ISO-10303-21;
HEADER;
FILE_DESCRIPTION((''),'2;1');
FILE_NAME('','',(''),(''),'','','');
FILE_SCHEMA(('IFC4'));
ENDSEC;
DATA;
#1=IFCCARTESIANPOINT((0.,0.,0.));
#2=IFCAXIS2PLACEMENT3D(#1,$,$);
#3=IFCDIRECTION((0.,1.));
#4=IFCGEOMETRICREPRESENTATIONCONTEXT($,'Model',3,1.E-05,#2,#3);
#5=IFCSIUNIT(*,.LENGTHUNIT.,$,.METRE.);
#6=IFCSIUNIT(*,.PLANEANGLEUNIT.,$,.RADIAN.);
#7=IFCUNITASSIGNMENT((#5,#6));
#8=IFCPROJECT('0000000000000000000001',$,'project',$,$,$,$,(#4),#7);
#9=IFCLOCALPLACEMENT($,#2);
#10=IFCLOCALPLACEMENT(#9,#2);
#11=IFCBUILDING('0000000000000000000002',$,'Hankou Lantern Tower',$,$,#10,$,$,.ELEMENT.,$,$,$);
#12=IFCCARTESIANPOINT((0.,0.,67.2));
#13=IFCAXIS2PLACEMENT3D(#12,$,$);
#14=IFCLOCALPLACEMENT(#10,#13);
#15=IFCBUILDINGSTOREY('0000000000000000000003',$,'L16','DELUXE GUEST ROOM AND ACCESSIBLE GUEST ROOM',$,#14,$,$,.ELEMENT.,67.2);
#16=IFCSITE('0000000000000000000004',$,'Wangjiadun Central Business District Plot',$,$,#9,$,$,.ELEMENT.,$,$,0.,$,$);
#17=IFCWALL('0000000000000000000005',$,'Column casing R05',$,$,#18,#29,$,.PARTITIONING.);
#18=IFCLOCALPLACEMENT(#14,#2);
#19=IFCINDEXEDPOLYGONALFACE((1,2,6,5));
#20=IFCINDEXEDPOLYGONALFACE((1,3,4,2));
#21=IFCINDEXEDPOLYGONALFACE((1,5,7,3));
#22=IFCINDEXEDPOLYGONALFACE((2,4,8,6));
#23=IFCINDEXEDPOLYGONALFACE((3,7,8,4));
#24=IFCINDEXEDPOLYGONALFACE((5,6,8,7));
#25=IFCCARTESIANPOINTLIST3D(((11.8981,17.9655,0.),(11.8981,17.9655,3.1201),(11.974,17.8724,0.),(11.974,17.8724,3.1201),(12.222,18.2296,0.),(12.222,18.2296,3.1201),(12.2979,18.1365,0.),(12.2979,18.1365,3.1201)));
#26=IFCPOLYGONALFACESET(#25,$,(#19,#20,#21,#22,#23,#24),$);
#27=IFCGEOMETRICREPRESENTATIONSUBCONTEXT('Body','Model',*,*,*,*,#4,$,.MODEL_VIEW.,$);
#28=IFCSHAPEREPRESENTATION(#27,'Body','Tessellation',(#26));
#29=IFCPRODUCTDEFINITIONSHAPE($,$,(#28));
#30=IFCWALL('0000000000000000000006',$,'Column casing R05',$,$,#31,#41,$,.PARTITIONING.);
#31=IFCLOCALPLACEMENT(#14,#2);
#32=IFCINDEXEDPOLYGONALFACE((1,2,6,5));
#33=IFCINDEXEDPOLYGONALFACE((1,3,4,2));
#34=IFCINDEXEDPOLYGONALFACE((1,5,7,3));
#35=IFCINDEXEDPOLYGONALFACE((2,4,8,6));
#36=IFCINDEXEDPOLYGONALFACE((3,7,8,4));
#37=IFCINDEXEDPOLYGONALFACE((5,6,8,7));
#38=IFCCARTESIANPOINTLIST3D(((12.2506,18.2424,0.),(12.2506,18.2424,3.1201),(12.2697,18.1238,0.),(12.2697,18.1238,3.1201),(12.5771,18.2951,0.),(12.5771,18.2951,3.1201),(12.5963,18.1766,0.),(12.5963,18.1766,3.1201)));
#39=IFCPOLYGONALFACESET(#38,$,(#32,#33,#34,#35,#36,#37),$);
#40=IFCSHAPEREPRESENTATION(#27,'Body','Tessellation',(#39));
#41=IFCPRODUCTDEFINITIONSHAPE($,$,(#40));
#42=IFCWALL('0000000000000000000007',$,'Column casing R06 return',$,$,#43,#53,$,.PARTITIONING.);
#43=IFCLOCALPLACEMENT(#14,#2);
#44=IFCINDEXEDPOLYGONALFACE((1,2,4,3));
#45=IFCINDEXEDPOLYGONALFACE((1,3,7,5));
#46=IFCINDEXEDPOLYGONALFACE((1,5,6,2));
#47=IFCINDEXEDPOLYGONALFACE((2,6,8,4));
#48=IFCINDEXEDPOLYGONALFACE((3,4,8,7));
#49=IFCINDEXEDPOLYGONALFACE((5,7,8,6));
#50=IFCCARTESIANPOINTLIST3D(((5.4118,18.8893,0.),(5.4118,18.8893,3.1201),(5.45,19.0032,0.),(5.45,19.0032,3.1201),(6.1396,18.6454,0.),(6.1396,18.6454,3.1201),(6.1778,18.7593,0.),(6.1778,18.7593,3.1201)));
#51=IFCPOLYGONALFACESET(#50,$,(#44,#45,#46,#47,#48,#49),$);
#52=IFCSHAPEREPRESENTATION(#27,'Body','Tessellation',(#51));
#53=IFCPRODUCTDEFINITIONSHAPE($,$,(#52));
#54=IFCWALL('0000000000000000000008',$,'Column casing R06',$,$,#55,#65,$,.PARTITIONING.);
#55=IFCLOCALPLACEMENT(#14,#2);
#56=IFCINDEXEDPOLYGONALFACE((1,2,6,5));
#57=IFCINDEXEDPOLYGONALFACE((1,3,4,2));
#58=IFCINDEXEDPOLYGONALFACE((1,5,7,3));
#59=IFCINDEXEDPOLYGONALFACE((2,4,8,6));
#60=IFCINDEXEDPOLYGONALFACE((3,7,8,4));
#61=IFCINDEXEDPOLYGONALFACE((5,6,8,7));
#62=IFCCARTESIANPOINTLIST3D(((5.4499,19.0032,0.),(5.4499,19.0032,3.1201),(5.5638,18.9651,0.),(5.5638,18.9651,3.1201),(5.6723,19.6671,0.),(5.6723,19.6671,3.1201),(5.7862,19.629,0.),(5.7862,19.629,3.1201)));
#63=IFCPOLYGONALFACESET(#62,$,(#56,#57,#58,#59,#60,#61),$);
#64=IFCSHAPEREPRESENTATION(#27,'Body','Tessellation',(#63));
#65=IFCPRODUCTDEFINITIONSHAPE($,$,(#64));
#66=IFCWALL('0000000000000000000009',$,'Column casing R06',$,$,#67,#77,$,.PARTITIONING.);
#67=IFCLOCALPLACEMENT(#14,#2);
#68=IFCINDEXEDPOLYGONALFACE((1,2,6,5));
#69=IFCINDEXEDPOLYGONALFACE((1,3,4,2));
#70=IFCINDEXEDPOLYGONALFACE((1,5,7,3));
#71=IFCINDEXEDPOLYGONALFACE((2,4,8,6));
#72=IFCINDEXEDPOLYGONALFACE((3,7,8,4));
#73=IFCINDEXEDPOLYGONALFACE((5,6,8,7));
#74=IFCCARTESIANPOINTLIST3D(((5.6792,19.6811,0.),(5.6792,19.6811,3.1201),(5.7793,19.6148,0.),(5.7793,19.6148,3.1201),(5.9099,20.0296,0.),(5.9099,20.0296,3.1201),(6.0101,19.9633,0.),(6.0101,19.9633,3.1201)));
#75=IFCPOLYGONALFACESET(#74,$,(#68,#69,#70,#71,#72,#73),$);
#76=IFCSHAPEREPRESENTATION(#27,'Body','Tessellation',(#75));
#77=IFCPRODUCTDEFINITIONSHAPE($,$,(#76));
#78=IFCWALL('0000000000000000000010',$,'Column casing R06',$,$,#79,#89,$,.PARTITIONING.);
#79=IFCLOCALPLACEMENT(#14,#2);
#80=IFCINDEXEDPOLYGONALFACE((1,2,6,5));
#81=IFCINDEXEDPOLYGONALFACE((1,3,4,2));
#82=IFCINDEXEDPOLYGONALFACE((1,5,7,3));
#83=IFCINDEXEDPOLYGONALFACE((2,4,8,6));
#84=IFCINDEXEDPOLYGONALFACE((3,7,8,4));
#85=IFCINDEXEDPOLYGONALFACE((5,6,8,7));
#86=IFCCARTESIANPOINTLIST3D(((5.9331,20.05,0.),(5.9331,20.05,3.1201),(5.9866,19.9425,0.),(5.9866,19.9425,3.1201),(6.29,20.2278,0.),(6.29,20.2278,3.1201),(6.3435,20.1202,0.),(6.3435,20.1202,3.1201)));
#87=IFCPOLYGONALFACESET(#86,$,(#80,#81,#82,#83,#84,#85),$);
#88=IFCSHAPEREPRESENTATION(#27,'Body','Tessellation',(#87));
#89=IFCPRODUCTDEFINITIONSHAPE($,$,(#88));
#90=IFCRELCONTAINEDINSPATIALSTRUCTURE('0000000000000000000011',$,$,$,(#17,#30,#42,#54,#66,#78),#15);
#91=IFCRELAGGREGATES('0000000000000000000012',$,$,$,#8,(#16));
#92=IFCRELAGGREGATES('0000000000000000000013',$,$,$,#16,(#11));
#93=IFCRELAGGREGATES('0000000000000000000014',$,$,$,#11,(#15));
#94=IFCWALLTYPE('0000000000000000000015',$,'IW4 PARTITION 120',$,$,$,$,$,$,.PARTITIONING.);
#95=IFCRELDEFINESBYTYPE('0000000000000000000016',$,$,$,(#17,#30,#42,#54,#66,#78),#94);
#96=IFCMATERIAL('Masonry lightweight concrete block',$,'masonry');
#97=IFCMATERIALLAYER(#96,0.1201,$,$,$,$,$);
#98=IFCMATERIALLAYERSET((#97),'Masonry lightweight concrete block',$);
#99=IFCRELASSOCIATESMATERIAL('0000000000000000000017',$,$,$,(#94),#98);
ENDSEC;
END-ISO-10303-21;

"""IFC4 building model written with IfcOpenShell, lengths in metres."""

from ifc_helpers import new_model, si_unit, direction, frame, frame_2d, origin, place, context, subcontext, project, spatial, rectangle, extrude, material, layer, layer_set, type_object, element, save


model = new_model("IFC4")

# Units and contexts
model_context = context("Model", 3, precision=1e-05, world=origin(), true_north=direction((0.0, 1.0)))
body_context = subcontext(model_context, "Body", "Model", "MODEL_VIEW")
ifc_project = project(units=[si_unit("LENGTHUNIT", "METRE"), si_unit("PLANEANGLEUNIT", "RADIAN")], contexts=[model_context])

# Site, building, storey
site_placement = place(None, origin())
site = spatial("IfcSite", under=ifc_project, at=site_placement, Name="Wangjiadun Central Business District Plot", CompositionType="ELEMENT", RefElevation=0.0)
building_placement = place(site_placement, origin())
building = spatial("IfcBuilding", under=site, at=building_placement, Name="Hankou Lantern Tower", CompositionType="ELEMENT")
storey_placement = place(building_placement, frame((0.0, 0.0, 67.2)))
storey = spatial("IfcBuildingStorey", under=building, at=storey_placement, Name="L16", Description="DELUXE GUEST ROOM AND ACCESSIBLE GUEST ROOM", CompositionType="ELEMENT", Elevation=67.2)

# Walls
ifc_material_1 = material(Name="Masonry lightweight concrete block", Category="masonry")
ifc_layer_1 = layer(ifc_material_1, 0.1201)
ifc_layer_set_1 = layer_set([ifc_layer_1], Name="Masonry lightweight concrete block")
wall_type_1 = type_object("IfcWallType", Name="IW4 PARTITION 120", PredefinedType="PARTITIONING", material=ifc_layer_set_1)
wall_1_placement = place(storey_placement, frame((11.936, 17.9189, 0.0), z_axis=(0.0, 0.0, 1.0), x_axis=(0.775023, 0.631933, 0.0)))
element("IfcWall", 1, at=wall_1_placement, inside=storey, type_object=wall_type_1, Name="Column casing R05", PredefinedType="PARTITIONING", context=body_context, shape_type="SweptSolid", body=[
    extrude(rectangle(XDim=0.418, YDim=0.1201, at=frame_2d((0.209, 0.0))), origin(), (0.0, 0.0, 1.0), 3.1201),
])
wall_2_placement = place(storey_placement, frame((12.26, 18.1831, 0.0), z_axis=(0.0, 0.0, 1.0), x_axis=(0.987219, 0.159372, 0.0)))
element("IfcWall", 2, at=wall_2_placement, inside=storey, type_object=wall_type_1, Name="Column casing R05", PredefinedType="PARTITIONING", context=body_context, shape_type="SweptSolid", body=[
    extrude(rectangle(XDim=0.3308, YDim=0.1201, at=frame_2d((0.1655, 0.0))), origin(), (0.0, 0.0, 1.0), 3.1201),
])
wall_3_placement = place(storey_placement, frame((6.1587, 18.7024, 0.0), z_axis=(0.0, 0.0, 1.0), x_axis=(-0.948173, 0.317754, 0.0)))
element("IfcWall", 3, at=wall_3_placement, inside=storey, type_object=wall_type_1, Name="Column casing R06 return", PredefinedType="PARTITIONING", context=body_context, shape_type="SweptSolid", body=[
    extrude(rectangle(XDim=0.7676, YDim=0.1201, at=frame_2d((0.3838, 0.0))), origin(), (0.0, 0.0, 1.0), 3.1201),
])
wall_4_placement = place(storey_placement, frame((5.5068, 18.9841, 0.0), z_axis=(0.0, 0.0, 1.0), x_axis=(0.317692, 0.948194, 0.0)))
element("IfcWall", 4, at=wall_4_placement, inside=storey, type_object=wall_type_1, Name="Column casing R06", PredefinedType="PARTITIONING", context=body_context, shape_type="SweptSolid", body=[
    extrude(rectangle(XDim=0.7002, YDim=0.1201, at=frame_2d((0.3501, 0.0))), origin(), (0.0, 0.0, 1.0), 3.1201),
])
wall_5_placement = place(storey_placement, frame((5.7292, 19.6479, 0.0), z_axis=(0.0, 0.0, 1.0), x_axis=(0.552136, 0.833754, 0.0)))
element("IfcWall", 5, at=wall_5_placement, inside=storey, type_object=wall_type_1, Name="Column casing R06", PredefinedType="PARTITIONING", context=body_context, shape_type="SweptSolid", body=[
    extrude(rectangle(XDim=0.418, YDim=0.1201, at=frame_2d((0.209, 0.0))), origin(), (0.0, 0.0, 1.0), 3.1201),
])
wall_6_placement = place(storey_placement, frame((5.96, 19.9963, 0.0), z_axis=(0.0, 0.0, 1.0), x_axis=(0.895161, 0.445744, 0.0)))
element("IfcWall", 6, at=wall_6_placement, inside=storey, type_object=wall_type_1, Name="Column casing R06", PredefinedType="PARTITIONING", context=body_context, shape_type="SweptSolid", body=[
    extrude(rectangle(XDim=0.3987, YDim=0.1201, at=frame_2d((0.1992, 0.0))), origin(), (0.0, 0.0, 1.0), 3.1201),
])

save(model, "model.ifc")
